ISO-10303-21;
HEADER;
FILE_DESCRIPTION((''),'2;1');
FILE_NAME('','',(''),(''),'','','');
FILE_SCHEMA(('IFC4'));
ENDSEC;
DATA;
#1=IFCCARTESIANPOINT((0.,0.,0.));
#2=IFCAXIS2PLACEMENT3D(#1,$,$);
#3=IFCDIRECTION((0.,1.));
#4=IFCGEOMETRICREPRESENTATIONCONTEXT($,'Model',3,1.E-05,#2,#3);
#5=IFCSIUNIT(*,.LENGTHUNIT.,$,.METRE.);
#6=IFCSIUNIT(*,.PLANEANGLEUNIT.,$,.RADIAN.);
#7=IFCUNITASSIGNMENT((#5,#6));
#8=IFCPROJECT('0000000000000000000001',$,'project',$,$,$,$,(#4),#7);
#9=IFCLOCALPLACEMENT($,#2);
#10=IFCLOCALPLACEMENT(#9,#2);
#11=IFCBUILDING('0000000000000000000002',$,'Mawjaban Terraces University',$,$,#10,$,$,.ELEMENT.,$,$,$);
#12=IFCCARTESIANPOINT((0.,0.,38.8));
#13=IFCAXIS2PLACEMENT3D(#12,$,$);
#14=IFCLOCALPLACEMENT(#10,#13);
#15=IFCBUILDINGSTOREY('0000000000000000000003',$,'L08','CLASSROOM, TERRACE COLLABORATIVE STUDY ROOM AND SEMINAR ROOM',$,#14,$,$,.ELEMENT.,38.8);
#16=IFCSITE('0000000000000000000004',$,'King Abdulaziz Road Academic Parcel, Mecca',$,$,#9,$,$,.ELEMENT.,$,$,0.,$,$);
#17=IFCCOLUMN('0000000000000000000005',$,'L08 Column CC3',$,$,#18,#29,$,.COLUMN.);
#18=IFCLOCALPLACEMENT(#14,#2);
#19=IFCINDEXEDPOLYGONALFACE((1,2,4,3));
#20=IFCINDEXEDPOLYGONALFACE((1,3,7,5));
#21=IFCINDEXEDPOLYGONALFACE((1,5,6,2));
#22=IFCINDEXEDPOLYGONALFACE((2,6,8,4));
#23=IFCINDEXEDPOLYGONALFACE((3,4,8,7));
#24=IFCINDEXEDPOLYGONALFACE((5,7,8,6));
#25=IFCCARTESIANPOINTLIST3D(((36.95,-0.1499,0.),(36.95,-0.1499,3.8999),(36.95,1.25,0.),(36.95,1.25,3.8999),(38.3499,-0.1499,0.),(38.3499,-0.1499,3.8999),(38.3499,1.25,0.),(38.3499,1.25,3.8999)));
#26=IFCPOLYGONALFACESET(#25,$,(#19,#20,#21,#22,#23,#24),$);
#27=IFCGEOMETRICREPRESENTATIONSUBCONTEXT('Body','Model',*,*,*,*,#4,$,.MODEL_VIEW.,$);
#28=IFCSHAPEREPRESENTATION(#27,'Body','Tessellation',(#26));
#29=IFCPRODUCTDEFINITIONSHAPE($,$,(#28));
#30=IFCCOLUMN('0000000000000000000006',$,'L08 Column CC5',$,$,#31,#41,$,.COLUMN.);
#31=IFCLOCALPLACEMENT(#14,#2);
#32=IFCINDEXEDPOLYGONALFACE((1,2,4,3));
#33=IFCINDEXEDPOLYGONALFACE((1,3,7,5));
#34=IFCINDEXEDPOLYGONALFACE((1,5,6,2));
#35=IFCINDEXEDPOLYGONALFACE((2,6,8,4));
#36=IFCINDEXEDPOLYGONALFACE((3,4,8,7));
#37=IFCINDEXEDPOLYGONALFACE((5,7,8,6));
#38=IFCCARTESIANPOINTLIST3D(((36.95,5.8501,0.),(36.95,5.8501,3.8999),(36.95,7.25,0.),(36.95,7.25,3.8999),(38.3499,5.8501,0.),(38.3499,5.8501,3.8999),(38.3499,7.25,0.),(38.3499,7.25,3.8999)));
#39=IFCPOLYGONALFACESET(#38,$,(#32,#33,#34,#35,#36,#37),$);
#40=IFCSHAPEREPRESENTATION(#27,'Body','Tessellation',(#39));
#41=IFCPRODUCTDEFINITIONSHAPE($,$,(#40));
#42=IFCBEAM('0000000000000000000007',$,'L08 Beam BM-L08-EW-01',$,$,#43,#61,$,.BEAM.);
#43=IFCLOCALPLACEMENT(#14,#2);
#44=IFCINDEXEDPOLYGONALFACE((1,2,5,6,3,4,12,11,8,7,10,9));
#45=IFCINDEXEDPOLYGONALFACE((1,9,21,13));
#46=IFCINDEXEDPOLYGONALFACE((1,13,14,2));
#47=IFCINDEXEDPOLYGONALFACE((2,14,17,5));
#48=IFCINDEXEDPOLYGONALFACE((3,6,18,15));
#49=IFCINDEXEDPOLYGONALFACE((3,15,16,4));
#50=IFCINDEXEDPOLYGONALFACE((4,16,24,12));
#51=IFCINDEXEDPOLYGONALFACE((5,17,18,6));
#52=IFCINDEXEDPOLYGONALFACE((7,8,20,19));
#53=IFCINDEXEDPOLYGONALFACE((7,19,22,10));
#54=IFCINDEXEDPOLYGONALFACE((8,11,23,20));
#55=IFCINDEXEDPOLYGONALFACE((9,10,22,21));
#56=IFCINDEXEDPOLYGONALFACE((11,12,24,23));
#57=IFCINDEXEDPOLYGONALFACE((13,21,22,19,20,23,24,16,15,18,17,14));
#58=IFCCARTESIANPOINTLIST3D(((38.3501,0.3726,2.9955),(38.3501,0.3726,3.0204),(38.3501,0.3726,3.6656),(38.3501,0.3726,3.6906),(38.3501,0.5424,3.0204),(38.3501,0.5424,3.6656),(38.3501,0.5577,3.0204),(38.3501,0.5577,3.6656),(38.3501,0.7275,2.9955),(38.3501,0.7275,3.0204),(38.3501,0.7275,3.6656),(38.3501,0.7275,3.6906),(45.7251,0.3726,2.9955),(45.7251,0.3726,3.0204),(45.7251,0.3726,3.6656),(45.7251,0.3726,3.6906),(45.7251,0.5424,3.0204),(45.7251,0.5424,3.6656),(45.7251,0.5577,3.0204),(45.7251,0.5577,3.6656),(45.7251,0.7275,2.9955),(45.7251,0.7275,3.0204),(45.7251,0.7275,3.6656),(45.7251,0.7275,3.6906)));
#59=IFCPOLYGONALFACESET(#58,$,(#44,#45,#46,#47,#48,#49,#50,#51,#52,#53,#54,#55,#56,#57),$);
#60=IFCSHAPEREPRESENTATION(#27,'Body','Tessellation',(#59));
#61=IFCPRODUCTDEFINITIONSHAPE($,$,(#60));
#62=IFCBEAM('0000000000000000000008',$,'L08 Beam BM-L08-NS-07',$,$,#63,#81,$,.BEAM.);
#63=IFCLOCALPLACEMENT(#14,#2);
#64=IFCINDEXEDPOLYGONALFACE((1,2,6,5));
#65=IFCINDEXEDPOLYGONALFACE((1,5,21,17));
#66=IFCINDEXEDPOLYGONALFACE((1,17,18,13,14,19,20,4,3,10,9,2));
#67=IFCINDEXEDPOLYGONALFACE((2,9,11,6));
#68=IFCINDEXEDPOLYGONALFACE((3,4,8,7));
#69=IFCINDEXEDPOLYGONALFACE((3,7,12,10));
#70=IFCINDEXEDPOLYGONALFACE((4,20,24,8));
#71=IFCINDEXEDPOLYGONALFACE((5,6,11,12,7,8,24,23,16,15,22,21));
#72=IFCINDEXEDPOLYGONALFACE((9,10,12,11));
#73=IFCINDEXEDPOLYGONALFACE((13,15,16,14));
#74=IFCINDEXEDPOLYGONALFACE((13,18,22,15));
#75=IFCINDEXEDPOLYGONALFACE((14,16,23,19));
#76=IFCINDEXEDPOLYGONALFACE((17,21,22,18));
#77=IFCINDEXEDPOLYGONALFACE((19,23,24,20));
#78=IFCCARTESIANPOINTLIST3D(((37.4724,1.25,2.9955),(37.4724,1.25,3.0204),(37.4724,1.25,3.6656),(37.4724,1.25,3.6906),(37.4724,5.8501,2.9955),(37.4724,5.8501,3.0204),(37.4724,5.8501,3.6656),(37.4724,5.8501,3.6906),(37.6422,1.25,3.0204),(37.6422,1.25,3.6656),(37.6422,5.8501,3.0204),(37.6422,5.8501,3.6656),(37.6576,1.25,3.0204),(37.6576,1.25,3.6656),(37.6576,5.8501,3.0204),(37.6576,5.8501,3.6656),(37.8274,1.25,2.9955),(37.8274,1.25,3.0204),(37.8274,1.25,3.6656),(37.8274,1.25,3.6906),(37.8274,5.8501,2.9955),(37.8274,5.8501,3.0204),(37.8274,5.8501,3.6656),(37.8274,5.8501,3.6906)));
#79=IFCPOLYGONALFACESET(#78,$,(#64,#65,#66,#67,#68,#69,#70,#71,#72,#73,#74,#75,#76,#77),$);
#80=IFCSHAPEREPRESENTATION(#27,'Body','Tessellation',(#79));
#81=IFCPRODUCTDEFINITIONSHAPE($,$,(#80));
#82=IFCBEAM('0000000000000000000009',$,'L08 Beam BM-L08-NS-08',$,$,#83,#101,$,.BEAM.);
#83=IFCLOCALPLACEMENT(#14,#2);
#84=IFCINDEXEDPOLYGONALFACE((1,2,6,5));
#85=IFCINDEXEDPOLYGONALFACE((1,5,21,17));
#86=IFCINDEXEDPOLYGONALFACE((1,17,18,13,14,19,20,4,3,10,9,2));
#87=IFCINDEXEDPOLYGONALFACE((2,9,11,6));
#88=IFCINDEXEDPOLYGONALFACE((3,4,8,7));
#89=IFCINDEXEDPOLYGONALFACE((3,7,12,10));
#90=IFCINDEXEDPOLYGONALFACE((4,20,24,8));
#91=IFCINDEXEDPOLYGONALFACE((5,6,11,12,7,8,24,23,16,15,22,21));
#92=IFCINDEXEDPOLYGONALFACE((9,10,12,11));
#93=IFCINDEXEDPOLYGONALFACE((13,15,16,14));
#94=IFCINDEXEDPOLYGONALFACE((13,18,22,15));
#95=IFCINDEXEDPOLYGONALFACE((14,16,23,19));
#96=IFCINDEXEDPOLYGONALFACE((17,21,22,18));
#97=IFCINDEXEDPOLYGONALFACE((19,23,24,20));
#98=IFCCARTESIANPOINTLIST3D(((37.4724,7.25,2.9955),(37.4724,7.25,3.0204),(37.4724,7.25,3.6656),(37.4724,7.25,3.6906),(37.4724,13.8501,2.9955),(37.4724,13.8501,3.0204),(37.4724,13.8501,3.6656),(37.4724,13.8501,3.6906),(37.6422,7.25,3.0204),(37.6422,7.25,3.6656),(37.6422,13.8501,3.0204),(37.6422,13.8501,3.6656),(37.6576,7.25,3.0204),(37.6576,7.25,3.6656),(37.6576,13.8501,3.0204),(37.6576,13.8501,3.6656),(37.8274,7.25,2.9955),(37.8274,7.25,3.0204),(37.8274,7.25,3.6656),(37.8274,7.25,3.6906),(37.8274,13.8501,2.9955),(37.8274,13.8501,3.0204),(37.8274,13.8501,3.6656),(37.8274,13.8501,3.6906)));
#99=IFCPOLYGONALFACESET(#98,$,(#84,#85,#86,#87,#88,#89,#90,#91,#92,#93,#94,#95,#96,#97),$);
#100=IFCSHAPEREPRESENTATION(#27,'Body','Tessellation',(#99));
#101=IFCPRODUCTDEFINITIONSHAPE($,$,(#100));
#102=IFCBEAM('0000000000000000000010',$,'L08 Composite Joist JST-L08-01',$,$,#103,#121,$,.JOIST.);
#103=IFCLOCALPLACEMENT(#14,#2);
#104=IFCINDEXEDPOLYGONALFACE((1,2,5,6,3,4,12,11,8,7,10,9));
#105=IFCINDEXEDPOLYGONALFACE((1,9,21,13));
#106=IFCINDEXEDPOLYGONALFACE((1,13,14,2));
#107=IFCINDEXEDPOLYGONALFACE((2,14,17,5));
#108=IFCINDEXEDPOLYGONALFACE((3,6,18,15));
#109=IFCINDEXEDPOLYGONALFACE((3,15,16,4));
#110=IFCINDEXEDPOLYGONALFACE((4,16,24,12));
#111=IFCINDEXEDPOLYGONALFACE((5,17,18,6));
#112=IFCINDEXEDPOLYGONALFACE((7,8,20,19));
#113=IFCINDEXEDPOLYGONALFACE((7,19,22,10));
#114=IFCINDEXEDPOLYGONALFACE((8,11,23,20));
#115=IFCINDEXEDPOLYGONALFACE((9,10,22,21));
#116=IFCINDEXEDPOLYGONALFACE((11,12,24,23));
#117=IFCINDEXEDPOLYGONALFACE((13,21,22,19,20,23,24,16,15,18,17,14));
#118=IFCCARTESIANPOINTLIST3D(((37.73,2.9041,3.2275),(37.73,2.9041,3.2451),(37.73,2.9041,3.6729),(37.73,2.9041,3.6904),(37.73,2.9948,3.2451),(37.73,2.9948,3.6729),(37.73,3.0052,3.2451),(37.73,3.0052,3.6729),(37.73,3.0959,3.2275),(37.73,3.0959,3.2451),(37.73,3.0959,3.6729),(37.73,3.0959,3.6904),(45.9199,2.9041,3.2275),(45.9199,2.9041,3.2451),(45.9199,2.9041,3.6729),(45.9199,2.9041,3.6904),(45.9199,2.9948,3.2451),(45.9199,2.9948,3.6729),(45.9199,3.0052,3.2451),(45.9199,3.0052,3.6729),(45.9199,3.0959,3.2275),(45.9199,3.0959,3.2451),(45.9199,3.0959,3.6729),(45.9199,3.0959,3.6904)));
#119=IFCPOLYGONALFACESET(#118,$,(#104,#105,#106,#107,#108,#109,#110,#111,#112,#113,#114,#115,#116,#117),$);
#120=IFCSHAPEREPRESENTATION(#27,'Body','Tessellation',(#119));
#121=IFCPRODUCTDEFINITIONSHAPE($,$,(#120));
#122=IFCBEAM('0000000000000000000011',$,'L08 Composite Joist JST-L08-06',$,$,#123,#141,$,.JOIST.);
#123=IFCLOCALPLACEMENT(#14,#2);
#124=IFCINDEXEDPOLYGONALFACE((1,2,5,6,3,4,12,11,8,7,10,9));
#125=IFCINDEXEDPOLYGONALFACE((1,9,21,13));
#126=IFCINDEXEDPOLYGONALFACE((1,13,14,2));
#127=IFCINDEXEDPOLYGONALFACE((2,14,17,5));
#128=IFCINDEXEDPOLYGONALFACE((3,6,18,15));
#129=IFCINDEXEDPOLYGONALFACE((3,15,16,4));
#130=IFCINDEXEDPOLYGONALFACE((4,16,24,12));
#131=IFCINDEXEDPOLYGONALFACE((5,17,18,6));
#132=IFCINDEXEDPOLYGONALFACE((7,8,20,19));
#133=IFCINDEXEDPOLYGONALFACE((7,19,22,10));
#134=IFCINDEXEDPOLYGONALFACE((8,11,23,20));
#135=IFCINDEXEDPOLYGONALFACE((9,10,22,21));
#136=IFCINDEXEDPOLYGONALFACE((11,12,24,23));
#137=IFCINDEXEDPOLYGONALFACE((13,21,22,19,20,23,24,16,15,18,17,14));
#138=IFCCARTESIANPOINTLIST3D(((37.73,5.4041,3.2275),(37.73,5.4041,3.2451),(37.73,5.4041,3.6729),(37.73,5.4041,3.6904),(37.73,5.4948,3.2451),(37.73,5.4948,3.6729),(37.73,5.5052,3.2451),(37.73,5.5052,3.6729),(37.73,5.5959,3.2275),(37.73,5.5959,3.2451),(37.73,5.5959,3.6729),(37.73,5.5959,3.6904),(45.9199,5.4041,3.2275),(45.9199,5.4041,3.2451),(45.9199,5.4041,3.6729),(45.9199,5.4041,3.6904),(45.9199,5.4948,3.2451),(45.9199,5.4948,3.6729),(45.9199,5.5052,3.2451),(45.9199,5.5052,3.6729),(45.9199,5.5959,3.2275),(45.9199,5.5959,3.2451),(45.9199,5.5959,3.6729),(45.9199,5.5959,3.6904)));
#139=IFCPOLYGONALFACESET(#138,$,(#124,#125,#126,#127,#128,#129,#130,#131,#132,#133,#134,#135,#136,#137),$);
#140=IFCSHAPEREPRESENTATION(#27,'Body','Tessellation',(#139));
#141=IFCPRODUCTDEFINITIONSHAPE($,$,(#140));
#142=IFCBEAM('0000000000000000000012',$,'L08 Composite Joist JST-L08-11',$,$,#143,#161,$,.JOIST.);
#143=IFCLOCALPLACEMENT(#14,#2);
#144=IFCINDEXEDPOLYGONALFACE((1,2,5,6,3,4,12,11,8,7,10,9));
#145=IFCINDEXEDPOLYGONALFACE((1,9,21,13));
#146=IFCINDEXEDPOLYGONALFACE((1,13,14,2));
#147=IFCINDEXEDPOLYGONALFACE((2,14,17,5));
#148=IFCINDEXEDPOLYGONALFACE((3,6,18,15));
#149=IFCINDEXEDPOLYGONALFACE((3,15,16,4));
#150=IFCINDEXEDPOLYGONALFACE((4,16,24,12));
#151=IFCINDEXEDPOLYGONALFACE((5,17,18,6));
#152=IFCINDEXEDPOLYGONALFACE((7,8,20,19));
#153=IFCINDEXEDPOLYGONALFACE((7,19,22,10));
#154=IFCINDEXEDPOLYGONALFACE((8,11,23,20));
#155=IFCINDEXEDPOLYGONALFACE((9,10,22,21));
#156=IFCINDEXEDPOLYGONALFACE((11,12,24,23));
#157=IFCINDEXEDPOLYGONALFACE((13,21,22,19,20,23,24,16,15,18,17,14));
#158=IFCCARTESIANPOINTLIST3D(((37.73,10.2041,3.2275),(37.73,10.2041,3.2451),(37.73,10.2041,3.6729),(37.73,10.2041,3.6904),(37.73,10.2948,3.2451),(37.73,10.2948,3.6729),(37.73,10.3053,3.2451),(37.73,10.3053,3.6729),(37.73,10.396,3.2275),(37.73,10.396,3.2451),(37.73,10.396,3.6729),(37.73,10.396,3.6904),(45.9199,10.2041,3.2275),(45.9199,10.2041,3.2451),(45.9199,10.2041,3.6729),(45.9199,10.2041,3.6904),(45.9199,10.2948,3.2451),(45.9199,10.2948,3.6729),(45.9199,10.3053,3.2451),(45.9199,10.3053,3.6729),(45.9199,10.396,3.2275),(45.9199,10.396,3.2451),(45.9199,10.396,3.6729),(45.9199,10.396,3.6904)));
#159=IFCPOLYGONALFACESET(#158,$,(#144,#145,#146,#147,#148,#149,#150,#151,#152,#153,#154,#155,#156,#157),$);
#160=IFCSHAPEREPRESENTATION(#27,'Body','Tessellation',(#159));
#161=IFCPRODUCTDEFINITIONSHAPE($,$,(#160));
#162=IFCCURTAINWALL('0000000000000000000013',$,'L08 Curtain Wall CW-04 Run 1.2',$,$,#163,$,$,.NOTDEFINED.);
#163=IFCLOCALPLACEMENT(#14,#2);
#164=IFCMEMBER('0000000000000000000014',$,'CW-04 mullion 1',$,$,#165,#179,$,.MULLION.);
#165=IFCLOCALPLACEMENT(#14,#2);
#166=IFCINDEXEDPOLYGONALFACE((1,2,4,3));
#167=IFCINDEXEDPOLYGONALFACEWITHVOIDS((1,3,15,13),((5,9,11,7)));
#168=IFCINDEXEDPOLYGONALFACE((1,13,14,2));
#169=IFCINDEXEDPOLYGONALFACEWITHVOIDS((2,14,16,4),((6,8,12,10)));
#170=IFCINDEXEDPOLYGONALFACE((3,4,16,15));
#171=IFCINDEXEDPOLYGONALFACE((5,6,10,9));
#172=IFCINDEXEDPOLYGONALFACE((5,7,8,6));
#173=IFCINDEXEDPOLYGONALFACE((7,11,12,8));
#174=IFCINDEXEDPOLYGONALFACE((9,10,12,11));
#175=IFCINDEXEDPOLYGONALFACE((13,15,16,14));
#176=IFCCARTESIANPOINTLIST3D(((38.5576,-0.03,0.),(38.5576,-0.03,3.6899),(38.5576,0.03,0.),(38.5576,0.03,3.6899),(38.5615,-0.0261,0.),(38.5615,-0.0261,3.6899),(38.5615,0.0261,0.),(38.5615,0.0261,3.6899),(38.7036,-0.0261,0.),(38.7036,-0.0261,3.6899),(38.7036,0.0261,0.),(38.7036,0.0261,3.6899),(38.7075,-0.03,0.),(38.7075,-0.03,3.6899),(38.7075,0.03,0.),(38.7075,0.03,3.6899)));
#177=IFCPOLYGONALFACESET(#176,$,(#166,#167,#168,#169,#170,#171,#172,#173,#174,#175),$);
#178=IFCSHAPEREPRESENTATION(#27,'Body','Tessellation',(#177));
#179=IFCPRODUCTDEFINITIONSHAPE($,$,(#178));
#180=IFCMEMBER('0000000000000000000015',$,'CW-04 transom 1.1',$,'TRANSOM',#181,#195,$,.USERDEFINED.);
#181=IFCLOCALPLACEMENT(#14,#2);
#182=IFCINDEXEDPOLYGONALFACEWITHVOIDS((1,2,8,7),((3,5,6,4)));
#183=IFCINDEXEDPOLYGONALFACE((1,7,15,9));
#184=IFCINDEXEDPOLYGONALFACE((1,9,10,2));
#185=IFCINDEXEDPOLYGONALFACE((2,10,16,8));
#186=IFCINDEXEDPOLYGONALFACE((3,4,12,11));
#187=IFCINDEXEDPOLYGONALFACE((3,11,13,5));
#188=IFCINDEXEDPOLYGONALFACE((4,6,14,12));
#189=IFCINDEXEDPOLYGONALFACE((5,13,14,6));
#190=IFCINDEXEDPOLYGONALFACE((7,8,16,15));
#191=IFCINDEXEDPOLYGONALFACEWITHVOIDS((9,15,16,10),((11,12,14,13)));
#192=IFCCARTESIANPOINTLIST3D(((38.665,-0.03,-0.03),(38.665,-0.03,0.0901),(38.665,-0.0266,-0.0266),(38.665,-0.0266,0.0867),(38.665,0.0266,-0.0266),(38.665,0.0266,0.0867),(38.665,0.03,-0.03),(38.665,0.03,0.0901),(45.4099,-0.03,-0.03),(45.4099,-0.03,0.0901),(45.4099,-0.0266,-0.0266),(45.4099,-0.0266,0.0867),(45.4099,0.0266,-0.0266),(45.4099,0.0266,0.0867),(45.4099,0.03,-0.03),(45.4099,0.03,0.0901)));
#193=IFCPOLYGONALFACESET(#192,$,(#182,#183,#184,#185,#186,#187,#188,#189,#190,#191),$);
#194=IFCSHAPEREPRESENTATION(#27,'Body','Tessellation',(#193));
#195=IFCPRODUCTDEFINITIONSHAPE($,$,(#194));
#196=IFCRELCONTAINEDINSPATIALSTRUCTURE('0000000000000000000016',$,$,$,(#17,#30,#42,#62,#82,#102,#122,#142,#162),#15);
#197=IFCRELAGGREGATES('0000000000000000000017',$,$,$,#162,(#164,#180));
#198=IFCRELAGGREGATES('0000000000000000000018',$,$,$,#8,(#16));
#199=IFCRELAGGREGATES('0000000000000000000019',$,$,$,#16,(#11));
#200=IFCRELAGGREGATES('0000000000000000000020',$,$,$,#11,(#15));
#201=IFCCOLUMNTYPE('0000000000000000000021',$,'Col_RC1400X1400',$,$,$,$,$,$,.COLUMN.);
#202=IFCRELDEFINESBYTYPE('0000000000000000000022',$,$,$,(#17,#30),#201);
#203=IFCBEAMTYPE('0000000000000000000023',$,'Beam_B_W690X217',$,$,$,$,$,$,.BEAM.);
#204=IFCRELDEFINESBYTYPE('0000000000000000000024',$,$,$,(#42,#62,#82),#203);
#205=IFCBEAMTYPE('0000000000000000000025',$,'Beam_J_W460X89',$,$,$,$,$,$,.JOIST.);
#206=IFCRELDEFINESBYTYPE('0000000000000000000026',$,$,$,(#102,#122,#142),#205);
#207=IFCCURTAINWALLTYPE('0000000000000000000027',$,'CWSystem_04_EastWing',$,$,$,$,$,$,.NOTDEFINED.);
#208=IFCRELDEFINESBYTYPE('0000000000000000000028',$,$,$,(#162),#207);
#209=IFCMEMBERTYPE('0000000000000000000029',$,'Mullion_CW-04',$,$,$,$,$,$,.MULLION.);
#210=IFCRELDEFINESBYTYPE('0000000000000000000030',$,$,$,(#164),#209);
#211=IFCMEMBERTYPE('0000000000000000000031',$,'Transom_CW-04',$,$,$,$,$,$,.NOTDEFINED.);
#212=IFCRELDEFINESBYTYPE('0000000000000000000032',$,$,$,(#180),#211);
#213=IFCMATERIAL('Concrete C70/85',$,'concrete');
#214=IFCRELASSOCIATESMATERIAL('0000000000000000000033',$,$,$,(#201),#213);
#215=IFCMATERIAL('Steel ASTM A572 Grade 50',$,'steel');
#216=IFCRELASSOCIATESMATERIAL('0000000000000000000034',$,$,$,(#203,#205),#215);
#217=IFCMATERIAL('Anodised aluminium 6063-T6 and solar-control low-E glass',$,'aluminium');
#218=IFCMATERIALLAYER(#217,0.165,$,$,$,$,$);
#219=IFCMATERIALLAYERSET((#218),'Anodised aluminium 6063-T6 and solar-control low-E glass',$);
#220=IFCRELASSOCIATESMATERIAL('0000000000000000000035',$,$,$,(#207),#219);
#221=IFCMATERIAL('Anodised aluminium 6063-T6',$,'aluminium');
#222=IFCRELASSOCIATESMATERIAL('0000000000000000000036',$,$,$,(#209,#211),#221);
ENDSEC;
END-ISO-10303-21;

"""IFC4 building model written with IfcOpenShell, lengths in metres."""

from ifc_helpers import new_model, si_unit, direction, frame, origin, origin_2d, place, context, subcontext, project, spatial, rectangle, hollow_rectangle, i_section, extrude, material, layer, layer_set, material_profile, profile_set, type_object, element, aggregate, save


model = new_model("IFC4")

# Units and contexts
model_context = context("Model", 3, precision=1e-05, world=origin(), true_north=direction((0.0, 1.0)))
body_context = subcontext(model_context, "Body", "Model", "MODEL_VIEW")
ifc_project = project(units=[si_unit("LENGTHUNIT", "METRE"), si_unit("PLANEANGLEUNIT", "RADIAN")], contexts=[model_context])

# Site, building, storey
site_placement = place(None, origin())
site = spatial("IfcSite", under=ifc_project, at=site_placement, Name="King Abdulaziz Road Academic Parcel, Mecca", CompositionType="ELEMENT", RefElevation=0.0)
building_placement = place(site_placement, origin())
building = spatial("IfcBuilding", under=site, at=building_placement, Name="Mawjaban Terraces University", CompositionType="ELEMENT")
storey_placement = place(building_placement, frame((0.0, 0.0, 38.8)))
storey = spatial("IfcBuildingStorey", under=building, at=storey_placement, Name="L08", Description="CLASSROOM, TERRACE COLLABORATIVE STUDY ROOM AND SEMINAR ROOM", CompositionType="ELEMENT", Elevation=38.8)

# Columns
ifc_material_1 = material(Name="Concrete C70/85", Category="concrete")
ifc_material_profile_1 = material_profile(ifc_material_1, rectangle(XDim=1.3999, YDim=1.3999, at=origin_2d()), Name="RC1400X1400")
ifc_profile_set_1 = profile_set([ifc_material_profile_1], Name="Concrete C70/85")
column_type = type_object("IfcColumnType", Name="Col_RC1400X1400", PredefinedType="COLUMN", material=ifc_profile_set_1)
for number, where, z_axis, x_axis, name in (
    (1, (37.6499, 0.55, 0.0), (0.0, 0.0, 1.0), (1.0, 0.0, 0.0), "L08 Column CC3"),
    (2, (37.6499, 6.55, 0.0), (0.0, 0.0, 1.0), (1.0, 0.0, 0.0), "L08 Column CC5"),
):
    element("IfcColumn", number, at=place(storey_placement, frame(where, z_axis=z_axis, x_axis=x_axis)), inside=storey, type_object=column_type, Name=name, PredefinedType="COLUMN", context=body_context, shape_type="SweptSolid", body=[
        extrude(rectangle(XDim=1.3999, YDim=1.3999, at=origin_2d()), origin(), (0.0, 0.0, 1.0), 3.8999),
    ])

# Beams
ifc_material_2 = material(Name="Steel ASTM A572 Grade 50", Category="steel")
ifc_material_profile_2 = material_profile(ifc_material_2, i_section(OverallWidth=0.355, OverallDepth=0.6951, WebThickness=0.0154, FlangeThickness=0.0249, at=origin_2d()), Name="W690X217")
ifc_profile_set_2 = profile_set([ifc_material_profile_2], Name="Steel ASTM A572 Grade 50")
beam_type_1 = type_object("IfcBeamType", Name="Beam_B_W690X217", PredefinedType="BEAM", material=ifc_profile_set_2)
beam_1_placement = place(storey_placement, frame((38.3501, 0.55, 3.343), z_axis=(1.0, 0.0, 0.0), x_axis=(0.0, 1.0, 0.0)))
element("IfcBeam", 3, at=beam_1_placement, inside=storey, type_object=beam_type_1, Name="L08 Beam BM-L08-EW-01", PredefinedType="BEAM", context=body_context, shape_type="SweptSolid", body=[
    extrude(i_section(OverallWidth=0.355, OverallDepth=0.6951, WebThickness=0.0154, FlangeThickness=0.0249, at=origin_2d()), origin(), (0.0, 0.0, 1.0), 7.375),
])
beam_2_placement = place(storey_placement, frame((37.6499, 1.25, 3.343), z_axis=(0.0, 1.0, 0.0), x_axis=(-1.0, 0.0, 0.0)))
element("IfcBeam", 4, at=beam_2_placement, inside=storey, type_object=beam_type_1, Name="L08 Beam BM-L08-NS-07", PredefinedType="BEAM", context=body_context, shape_type="SweptSolid", body=[
    extrude(i_section(OverallWidth=0.355, OverallDepth=0.6951, WebThickness=0.0154, FlangeThickness=0.0249, at=origin_2d()), origin(), (0.0, 0.0, 1.0), 4.6001),
])
beam_3_placement = place(storey_placement, frame((37.6499, 7.25, 3.343), z_axis=(0.0, 1.0, 0.0), x_axis=(-1.0, 0.0, 0.0)))
element("IfcBeam", 5, at=beam_3_placement, inside=storey, type_object=beam_type_1, Name="L08 Beam BM-L08-NS-08", PredefinedType="BEAM", context=body_context, shape_type="SweptSolid", body=[
    extrude(i_section(OverallWidth=0.355, OverallDepth=0.6951, WebThickness=0.0154, FlangeThickness=0.0249, at=origin_2d()), origin(), (0.0, 0.0, 1.0), 6.6001),
])
ifc_material_profile_3 = material_profile(ifc_material_2, i_section(OverallWidth=0.1919, OverallDepth=0.4629, WebThickness=0.0105, FlangeThickness=0.0176, at=origin_2d()), Name="W460X89")
ifc_profile_set_3 = profile_set([ifc_material_profile_3], Name="Steel ASTM A572 Grade 50")
beam_type_2 = type_object("IfcBeamType", Name="Beam_J_W460X89", PredefinedType="JOIST", material=ifc_profile_set_3)
for number, where, z_axis, x_axis, name in (
    (6, (37.73, 3.0, 3.459), (1.0, 0.0, 0.0), (0.0, 1.0, 0.0), "L08 Composite Joist JST-L08-01"),
    (7, (37.73, 5.5, 3.459), (1.0, 0.0, 0.0), (0.0, 1.0, 0.0), "L08 Composite Joist JST-L08-06"),
    (8, (37.73, 10.3, 3.459), (1.0, 0.0, 0.0), (0.0, 1.0, 0.0), "L08 Composite Joist JST-L08-11"),
):
    element("IfcBeam", number, at=place(storey_placement, frame(where, z_axis=z_axis, x_axis=x_axis)), inside=storey, type_object=beam_type_2, Name=name, PredefinedType="JOIST", context=body_context, shape_type="SweptSolid", body=[
        extrude(i_section(OverallWidth=0.1919, OverallDepth=0.4629, WebThickness=0.0105, FlangeThickness=0.0176, at=origin_2d()), origin(), (0.0, 0.0, 1.0), 8.1899),
    ])

# Curtain wall, members
ifc_material_3 = material(Name="Anodised aluminium 6063-T6 and solar-control low-E glass", Category="aluminium")
ifc_layer_1 = layer(ifc_material_3, 0.165)
ifc_layer_set_1 = layer_set([ifc_layer_1], Name="Anodised aluminium 6063-T6 and solar-control low-E glass")
curtain_wall_type = type_object("IfcCurtainWallType", Name="CWSystem_04_EastWing", PredefinedType="NOTDEFINED", material=ifc_layer_set_1)
curtain_wall_placement = place(storey_placement, origin())
curtain_wall = element("IfcCurtainWall", 9, at=curtain_wall_placement, inside=storey, type_object=curtain_wall_type, Name="L08 Curtain Wall CW-04 Run 1.2", PredefinedType="NOTDEFINED")
ifc_material_4 = material(Name="Anodised aluminium 6063-T6", Category="aluminium")
ifc_material_profile_4 = material_profile(ifc_material_4, hollow_rectangle(XDim=0.0601, YDim=0.1499, WallThickness=0.0039, at=origin_2d()), Name="ALU150X60X4")
ifc_profile_set_4 = profile_set([ifc_material_profile_4], Name="Anodised aluminium 6063-T6")
member_type_1 = type_object("IfcMemberType", Name="Mullion_CW-04", PredefinedType="MULLION", material=ifc_profile_set_4)
member_1_placement = place(storey_placement, frame((38.6326, 0.0, 0.0), z_axis=(0.0, 0.0, 1.0), x_axis=(0.0, 1.0, 0.0)))
member_1 = element("IfcMember", 10, at=member_1_placement, type_object=member_type_1, Name="CW-04 mullion 1", PredefinedType="MULLION", context=body_context, shape_type="SweptSolid", body=[
    extrude(hollow_rectangle(XDim=0.0601, YDim=0.1499, WallThickness=0.0039, at=origin_2d()), origin(), (0.0, 0.0, 1.0), 3.6899),
])
ifc_material_profile_5 = material_profile(ifc_material_4, hollow_rectangle(XDim=0.0601, YDim=0.1201, WallThickness=0.0034, at=origin_2d()), Name="ALU120X60X3.5")
ifc_profile_set_5 = profile_set([ifc_material_profile_5], Name="Anodised aluminium 6063-T6")
member_type_2 = type_object("IfcMemberType", Name="Transom_CW-04", PredefinedType="NOTDEFINED", material=ifc_profile_set_5)
member_2_placement = place(storey_placement, frame((38.665, 0.0, 0.03), z_axis=(1.0, 0.0, 0.0), x_axis=(0.0, 1.0, 0.0)))
member_2 = element("IfcMember", 11, at=member_2_placement, type_object=member_type_2, Name="CW-04 transom 1.1", ObjectType="TRANSOM", PredefinedType="USERDEFINED", context=body_context, shape_type="SweptSolid", body=[
    extrude(hollow_rectangle(XDim=0.0601, YDim=0.1201, WallThickness=0.0034, at=origin_2d()), origin(), (0.0, 0.0, 1.0), 6.7449),
])
aggregate(curtain_wall, [member_1, member_2])

save(model, "model.ifc")
